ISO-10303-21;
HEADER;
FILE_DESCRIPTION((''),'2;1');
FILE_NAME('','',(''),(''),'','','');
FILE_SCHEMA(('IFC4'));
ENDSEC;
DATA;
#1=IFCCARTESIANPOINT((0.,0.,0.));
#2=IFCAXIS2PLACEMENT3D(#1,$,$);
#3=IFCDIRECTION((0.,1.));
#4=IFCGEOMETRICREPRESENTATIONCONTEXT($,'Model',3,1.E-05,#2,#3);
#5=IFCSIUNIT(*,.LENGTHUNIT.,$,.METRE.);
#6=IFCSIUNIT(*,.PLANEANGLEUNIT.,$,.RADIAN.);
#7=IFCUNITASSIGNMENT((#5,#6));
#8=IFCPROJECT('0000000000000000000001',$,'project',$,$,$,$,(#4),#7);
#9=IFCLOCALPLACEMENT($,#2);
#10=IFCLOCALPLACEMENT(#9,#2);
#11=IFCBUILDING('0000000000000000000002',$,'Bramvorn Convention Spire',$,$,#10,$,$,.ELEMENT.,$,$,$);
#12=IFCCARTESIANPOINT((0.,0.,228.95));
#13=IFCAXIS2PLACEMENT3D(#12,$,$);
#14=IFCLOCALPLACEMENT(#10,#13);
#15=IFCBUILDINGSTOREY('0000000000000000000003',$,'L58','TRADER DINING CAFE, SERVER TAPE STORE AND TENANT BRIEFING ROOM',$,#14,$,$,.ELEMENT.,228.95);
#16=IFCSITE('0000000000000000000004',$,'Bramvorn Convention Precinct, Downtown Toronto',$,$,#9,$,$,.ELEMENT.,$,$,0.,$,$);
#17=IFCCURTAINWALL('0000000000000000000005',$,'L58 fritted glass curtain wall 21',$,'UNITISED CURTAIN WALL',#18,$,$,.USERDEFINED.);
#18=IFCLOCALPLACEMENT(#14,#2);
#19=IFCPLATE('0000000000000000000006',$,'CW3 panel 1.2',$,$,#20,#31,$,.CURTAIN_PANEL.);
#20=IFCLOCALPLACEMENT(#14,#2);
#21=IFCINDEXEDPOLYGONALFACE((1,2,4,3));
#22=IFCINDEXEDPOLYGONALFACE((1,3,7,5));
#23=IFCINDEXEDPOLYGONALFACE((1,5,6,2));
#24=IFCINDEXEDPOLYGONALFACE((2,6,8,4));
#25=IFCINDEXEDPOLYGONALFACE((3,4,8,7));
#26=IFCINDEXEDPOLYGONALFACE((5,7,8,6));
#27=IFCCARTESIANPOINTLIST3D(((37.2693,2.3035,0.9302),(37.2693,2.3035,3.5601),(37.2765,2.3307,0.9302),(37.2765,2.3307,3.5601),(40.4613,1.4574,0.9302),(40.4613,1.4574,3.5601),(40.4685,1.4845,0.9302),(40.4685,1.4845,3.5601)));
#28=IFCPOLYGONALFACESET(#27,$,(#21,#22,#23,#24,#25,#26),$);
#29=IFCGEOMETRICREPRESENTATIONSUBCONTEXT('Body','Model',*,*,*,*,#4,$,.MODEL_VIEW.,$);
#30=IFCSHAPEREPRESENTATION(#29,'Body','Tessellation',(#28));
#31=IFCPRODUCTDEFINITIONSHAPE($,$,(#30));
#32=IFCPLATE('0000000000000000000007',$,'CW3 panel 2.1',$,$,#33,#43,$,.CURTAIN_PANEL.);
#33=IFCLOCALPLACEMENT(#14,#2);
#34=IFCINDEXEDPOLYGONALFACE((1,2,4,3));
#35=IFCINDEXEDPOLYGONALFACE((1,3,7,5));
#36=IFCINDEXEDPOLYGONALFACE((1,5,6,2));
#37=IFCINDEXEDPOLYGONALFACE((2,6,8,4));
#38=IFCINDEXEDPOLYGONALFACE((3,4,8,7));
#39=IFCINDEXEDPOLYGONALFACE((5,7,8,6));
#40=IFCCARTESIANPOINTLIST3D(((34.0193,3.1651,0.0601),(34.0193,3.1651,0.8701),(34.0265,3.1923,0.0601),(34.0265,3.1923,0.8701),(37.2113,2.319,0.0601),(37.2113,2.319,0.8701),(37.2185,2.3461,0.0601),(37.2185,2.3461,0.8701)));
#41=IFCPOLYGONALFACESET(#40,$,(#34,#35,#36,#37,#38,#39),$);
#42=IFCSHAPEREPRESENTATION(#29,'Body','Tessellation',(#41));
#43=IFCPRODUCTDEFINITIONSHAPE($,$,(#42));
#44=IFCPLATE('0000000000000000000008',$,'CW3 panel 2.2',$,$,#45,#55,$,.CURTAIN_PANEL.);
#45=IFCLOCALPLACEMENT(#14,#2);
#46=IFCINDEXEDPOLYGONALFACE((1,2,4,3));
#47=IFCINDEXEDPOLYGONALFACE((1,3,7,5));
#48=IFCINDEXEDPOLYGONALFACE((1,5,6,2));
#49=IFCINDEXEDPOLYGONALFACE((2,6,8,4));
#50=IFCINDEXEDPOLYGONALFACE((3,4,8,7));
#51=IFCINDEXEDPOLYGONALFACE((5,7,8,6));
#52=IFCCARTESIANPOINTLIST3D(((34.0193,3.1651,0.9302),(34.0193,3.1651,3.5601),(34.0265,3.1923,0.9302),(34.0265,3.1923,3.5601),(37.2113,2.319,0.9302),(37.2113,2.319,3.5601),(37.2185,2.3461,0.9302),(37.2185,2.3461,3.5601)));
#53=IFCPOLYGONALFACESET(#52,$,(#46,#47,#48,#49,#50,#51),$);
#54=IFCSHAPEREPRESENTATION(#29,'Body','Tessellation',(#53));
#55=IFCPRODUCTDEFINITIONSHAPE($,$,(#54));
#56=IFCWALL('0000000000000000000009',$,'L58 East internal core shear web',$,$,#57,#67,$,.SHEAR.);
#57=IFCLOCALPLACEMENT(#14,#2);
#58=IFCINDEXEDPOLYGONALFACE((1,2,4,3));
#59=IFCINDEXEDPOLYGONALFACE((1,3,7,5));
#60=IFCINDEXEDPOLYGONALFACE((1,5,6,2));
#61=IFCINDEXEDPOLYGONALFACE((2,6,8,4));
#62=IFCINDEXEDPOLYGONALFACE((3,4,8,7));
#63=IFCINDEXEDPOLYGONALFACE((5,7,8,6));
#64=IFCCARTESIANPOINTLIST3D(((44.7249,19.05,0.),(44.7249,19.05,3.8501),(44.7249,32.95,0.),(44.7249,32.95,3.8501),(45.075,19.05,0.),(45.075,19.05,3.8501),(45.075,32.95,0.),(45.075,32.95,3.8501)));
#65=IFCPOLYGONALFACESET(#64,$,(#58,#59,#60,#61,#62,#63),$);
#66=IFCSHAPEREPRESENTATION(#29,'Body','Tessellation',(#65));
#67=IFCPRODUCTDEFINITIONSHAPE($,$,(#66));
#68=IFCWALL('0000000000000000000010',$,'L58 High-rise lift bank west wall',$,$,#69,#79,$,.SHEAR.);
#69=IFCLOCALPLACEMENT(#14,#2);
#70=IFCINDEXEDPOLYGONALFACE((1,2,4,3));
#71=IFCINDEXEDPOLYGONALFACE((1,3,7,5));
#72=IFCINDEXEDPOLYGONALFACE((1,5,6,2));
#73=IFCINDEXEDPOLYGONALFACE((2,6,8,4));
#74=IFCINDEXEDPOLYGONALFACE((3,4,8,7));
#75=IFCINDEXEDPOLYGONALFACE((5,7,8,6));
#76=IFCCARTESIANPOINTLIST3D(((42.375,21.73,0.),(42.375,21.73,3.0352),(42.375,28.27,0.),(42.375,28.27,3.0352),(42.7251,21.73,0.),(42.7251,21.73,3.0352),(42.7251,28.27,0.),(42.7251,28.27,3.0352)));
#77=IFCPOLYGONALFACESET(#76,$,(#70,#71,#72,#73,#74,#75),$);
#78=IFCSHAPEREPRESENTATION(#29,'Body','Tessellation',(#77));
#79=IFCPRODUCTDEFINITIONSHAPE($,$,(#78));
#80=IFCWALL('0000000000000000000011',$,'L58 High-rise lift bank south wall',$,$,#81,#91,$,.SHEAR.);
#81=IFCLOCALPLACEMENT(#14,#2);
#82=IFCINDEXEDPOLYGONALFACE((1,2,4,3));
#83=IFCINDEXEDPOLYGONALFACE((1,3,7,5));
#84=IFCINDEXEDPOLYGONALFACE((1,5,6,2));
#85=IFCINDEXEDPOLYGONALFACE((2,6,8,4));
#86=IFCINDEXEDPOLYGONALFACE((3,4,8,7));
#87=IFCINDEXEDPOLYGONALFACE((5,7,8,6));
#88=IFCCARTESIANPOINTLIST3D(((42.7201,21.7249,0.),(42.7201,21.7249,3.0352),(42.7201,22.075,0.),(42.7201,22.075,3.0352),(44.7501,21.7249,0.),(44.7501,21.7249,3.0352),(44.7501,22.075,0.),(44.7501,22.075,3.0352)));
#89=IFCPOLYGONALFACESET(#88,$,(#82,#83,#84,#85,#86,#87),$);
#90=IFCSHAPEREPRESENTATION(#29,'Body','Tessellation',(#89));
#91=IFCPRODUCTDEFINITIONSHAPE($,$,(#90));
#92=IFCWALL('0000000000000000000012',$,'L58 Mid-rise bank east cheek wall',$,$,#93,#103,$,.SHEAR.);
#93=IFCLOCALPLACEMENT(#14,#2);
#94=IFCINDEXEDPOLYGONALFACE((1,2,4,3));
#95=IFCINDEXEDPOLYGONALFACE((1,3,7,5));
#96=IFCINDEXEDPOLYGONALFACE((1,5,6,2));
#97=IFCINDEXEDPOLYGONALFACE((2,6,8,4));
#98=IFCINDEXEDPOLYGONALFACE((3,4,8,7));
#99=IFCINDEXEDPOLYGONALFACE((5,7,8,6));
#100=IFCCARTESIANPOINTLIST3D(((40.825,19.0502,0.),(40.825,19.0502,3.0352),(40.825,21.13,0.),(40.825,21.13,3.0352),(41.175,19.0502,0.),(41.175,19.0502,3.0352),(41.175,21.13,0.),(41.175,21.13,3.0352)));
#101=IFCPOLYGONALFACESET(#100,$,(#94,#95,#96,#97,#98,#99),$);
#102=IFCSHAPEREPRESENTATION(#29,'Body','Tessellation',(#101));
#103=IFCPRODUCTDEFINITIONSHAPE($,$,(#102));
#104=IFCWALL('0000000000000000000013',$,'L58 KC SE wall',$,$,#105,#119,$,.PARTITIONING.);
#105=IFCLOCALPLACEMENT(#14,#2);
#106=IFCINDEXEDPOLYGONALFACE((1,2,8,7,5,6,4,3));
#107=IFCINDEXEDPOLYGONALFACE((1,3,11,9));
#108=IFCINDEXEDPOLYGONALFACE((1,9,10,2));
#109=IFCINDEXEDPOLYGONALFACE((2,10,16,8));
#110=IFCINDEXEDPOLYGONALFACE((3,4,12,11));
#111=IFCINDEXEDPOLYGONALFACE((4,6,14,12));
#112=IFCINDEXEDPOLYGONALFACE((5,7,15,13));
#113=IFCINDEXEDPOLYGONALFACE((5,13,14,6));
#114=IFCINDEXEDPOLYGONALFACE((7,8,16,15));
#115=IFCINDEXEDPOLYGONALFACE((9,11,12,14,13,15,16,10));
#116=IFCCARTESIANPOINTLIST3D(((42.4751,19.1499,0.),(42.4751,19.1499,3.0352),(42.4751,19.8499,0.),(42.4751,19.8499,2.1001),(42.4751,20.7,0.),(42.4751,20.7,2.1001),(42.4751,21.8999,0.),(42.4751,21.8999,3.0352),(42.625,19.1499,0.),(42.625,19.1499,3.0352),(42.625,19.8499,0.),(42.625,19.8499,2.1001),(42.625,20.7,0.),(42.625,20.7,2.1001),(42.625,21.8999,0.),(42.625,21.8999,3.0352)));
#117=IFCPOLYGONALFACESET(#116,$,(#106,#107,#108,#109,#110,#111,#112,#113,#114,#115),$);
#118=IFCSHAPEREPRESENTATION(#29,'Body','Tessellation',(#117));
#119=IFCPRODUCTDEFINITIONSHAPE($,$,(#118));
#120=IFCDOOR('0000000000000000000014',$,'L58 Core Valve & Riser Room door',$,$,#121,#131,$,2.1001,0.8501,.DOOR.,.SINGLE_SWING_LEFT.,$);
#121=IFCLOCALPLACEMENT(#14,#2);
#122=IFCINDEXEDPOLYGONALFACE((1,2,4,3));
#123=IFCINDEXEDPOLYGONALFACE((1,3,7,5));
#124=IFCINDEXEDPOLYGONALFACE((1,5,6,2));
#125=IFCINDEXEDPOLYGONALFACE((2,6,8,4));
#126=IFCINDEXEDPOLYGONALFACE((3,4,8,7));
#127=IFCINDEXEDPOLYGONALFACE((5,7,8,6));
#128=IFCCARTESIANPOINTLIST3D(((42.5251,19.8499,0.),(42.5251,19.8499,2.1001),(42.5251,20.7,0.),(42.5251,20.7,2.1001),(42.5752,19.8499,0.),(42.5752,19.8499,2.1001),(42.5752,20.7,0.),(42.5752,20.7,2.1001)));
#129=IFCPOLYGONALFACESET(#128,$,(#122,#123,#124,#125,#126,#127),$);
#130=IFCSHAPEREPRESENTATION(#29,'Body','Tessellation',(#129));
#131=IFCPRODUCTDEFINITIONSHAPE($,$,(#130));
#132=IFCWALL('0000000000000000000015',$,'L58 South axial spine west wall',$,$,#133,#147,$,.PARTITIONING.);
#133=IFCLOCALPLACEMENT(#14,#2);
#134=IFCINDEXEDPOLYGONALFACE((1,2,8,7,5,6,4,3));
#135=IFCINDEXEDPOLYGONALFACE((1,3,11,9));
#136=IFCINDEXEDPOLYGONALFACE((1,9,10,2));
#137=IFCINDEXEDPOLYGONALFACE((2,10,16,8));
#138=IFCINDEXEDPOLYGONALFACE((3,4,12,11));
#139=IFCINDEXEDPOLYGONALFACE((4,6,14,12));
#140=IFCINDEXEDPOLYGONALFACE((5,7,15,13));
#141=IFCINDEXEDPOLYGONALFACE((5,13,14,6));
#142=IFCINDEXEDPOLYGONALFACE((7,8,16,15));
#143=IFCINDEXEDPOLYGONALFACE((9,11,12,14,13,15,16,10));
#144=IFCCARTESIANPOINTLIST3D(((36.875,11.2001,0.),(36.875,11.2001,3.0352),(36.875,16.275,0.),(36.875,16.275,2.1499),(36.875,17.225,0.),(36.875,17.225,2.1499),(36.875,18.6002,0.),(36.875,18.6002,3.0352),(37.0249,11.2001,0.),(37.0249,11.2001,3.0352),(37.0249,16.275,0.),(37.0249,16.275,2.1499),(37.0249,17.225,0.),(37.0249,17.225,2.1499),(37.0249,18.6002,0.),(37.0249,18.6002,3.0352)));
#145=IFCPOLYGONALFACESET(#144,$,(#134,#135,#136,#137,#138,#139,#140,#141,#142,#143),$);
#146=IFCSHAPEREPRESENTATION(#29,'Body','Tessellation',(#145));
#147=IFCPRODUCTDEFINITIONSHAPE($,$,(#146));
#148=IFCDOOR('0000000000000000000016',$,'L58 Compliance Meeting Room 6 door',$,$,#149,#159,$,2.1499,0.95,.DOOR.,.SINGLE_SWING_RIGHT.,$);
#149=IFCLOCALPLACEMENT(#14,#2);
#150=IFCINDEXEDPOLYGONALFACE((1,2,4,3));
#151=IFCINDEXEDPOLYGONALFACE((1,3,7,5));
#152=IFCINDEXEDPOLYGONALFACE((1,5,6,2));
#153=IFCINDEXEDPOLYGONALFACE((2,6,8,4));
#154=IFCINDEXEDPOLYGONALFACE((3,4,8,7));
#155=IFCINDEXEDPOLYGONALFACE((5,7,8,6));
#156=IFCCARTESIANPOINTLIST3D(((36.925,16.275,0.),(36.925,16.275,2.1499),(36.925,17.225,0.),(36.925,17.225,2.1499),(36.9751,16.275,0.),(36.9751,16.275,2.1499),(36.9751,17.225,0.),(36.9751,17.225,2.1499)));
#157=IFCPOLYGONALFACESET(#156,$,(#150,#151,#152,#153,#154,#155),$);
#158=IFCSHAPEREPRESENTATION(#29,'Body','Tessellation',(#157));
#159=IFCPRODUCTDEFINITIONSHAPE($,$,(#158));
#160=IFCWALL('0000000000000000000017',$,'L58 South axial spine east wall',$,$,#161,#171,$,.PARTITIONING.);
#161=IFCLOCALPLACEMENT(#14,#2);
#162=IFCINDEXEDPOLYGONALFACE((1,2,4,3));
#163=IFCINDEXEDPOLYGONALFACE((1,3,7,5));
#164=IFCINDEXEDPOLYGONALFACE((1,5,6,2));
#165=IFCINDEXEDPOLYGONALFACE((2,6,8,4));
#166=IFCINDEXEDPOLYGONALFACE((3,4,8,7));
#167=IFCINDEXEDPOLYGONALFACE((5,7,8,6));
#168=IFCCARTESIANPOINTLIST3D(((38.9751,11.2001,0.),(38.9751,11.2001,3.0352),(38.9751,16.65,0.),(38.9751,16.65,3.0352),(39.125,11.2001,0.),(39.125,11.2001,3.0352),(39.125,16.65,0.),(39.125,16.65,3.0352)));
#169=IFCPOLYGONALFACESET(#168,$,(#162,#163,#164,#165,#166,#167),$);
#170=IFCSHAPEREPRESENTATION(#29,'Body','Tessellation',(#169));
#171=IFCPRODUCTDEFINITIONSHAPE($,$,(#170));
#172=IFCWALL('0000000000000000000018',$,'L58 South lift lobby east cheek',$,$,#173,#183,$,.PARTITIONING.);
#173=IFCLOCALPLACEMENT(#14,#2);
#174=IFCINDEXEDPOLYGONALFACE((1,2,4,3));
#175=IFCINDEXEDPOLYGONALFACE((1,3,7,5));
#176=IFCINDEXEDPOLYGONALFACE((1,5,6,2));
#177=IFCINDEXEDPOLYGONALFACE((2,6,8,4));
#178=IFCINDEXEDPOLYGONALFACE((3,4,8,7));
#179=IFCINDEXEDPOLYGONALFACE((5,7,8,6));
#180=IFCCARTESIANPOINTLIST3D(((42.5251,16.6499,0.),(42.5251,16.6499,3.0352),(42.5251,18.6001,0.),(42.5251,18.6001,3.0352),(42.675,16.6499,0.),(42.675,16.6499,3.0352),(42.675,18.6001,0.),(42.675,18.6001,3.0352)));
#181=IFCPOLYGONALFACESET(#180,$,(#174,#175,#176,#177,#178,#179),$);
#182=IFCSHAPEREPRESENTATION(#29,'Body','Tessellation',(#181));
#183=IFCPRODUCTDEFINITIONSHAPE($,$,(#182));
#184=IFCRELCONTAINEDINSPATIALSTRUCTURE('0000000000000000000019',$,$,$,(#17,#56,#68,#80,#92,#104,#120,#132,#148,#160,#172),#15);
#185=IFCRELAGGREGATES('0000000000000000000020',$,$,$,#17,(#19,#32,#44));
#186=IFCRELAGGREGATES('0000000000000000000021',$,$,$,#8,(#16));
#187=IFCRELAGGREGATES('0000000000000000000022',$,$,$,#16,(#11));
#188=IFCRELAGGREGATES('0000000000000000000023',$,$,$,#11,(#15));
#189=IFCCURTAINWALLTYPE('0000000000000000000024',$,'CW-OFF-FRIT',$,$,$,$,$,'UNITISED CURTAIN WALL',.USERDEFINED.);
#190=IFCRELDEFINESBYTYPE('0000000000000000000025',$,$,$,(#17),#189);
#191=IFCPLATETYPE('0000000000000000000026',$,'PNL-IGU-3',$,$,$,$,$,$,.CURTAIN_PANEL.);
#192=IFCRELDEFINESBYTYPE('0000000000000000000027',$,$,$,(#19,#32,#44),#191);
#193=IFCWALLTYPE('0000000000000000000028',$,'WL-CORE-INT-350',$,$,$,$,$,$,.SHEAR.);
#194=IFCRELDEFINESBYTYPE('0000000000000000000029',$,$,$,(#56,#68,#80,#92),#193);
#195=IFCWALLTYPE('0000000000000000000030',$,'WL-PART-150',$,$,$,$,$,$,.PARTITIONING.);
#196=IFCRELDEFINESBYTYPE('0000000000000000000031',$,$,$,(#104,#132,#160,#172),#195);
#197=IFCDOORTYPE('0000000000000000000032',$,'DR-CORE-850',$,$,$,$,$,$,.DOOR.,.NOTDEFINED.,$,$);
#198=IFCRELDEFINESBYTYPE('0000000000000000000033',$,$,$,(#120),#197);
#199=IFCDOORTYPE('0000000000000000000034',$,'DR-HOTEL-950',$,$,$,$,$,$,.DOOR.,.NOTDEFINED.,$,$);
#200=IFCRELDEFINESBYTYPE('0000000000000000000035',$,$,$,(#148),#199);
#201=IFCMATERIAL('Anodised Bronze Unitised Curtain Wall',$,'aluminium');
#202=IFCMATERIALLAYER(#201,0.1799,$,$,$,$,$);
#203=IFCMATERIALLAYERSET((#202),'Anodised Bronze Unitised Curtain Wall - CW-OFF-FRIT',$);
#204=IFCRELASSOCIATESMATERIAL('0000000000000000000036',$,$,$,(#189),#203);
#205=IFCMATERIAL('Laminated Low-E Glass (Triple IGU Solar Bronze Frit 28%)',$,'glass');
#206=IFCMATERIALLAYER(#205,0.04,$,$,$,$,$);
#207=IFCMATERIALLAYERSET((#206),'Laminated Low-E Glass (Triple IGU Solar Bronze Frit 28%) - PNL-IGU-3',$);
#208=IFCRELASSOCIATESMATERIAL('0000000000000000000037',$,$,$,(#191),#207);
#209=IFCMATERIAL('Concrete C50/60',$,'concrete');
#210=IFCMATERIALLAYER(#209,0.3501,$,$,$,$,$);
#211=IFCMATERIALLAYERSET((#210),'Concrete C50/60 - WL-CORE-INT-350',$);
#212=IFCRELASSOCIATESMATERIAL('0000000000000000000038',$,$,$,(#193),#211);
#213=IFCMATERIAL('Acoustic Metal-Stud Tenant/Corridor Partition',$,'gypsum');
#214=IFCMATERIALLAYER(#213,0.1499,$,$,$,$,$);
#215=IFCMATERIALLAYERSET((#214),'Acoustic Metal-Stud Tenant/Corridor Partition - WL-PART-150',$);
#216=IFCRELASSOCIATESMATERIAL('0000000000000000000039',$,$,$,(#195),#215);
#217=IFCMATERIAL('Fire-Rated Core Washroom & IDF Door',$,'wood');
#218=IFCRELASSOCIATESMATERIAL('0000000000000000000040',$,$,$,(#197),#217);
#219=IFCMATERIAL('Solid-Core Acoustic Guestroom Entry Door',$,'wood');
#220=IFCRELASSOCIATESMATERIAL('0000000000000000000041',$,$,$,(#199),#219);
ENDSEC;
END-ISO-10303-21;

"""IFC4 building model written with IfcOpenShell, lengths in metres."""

from ifc_helpers import new_model, si_unit, direction, frame, frame_2d, origin, origin_2d, place, context, subcontext, project, spatial, rectangle, extrude, material, layer, layer_set, type_object, element, fill, aggregate, save


model = new_model("IFC4")

# Units and contexts
model_context = context("Model", 3, precision=1e-05, world=origin(), true_north=direction((0.0, 1.0)))
body_context = subcontext(model_context, "Body", "Model", "MODEL_VIEW")
ifc_project = project(units=[si_unit("LENGTHUNIT", "METRE"), si_unit("PLANEANGLEUNIT", "RADIAN")], contexts=[model_context])

# Site, building, storey
site_placement = place(None, origin())
site = spatial("IfcSite", under=ifc_project, at=site_placement, Name="Bramvorn Convention Precinct, Downtown Toronto", CompositionType="ELEMENT", RefElevation=0.0)
building_placement = place(site_placement, origin())
building = spatial("IfcBuilding", under=site, at=building_placement, Name="Bramvorn Convention Spire", CompositionType="ELEMENT")
storey_placement = place(building_placement, frame((0.0, 0.0, 228.95)))
storey = spatial("IfcBuildingStorey", under=building, at=storey_placement, Name="L58", Description="TRADER DINING CAFE, SERVER TAPE STORE AND TENANT BRIEFING ROOM", CompositionType="ELEMENT", Elevation=228.95)

# Curtain wall, plates
ifc_material_1 = material(Name="Anodised Bronze Unitised Curtain Wall", Category="aluminium")
ifc_layer_1 = layer(ifc_material_1, 0.1799)
ifc_layer_set_1 = layer_set([ifc_layer_1], Name="Anodised Bronze Unitised Curtain Wall - CW-OFF-FRIT")
curtain_wall_type = type_object("IfcCurtainWallType", Name="CW-OFF-FRIT", ElementType="UNITISED CURTAIN WALL", PredefinedType="USERDEFINED", material=ifc_layer_set_1)
curtain_wall_placement = place(storey_placement, origin())
curtain_wall = element("IfcCurtainWall", 1, at=curtain_wall_placement, inside=storey, type_object=curtain_wall_type, Name="L58 fritted glass curtain wall 21", ObjectType="UNITISED CURTAIN WALL", PredefinedType="USERDEFINED")
ifc_material_2 = material(Name="Laminated Low-E Glass (Triple IGU Solar Bronze Frit 28%)", Category="glass")
ifc_layer_2 = layer(ifc_material_2, 0.04)
ifc_layer_set_2 = layer_set([ifc_layer_2], Name="Laminated Low-E Glass (Triple IGU Solar Bronze Frit 28%) - PNL-IGU-3")
plate_type = type_object("IfcPlateType", Name="PNL-IGU-3", PredefinedType="CURTAIN_PANEL", material=ifc_layer_set_2)
plate_1_placement = place(storey_placement, frame((38.8689, 1.894, 0.9302), z_axis=(0.0, 0.0, 1.0), x_axis=(-0.966616, 0.256231, 0.0)))
plate_1 = element("IfcPlate", 2, at=plate_1_placement, type_object=plate_type, Name="CW3 panel 1.2", PredefinedType="CURTAIN_PANEL", context=body_context, shape_type="SweptSolid", body=[
    extrude(rectangle(XDim=3.3022, YDim=0.0281, at=origin_2d()), origin(), (0.0, 0.0, 1.0), 2.6299),
])
plate_2_placement = place(storey_placement, frame((35.6189, 2.7556, 0.0601), z_axis=(0.0, 0.0, 1.0), x_axis=(-0.966616, 0.256231, 0.0)))
plate_2 = element("IfcPlate", 3, at=plate_2_placement, type_object=plate_type, Name="CW3 panel 2.1", PredefinedType="CURTAIN_PANEL", context=body_context, shape_type="SweptSolid", body=[
    extrude(rectangle(XDim=3.3022, YDim=0.0281, at=origin_2d()), origin(), (0.0, 0.0, 1.0), 0.8101),
])
plate_3_placement = place(storey_placement, frame((35.6189, 2.7556, 0.9302), z_axis=(0.0, 0.0, 1.0), x_axis=(-0.966616, 0.256231, 0.0)))
plate_3 = element("IfcPlate", 4, at=plate_3_placement, type_object=plate_type, Name="CW3 panel 2.2", PredefinedType="CURTAIN_PANEL", context=body_context, shape_type="SweptSolid", body=[
    extrude(rectangle(XDim=3.3022, YDim=0.0281, at=origin_2d()), origin(), (0.0, 0.0, 1.0), 2.6299),
])
aggregate(curtain_wall, [plate_1, plate_2, plate_3])

# Walls
ifc_material_3 = material(Name="Concrete C50/60", Category="concrete")
ifc_layer_3 = layer(ifc_material_3, 0.3501)
ifc_layer_set_3 = layer_set([ifc_layer_3], Name="Concrete C50/60 - WL-CORE-INT-350")
wall_type_1 = type_object("IfcWallType", Name="WL-CORE-INT-350", PredefinedType="SHEAR", material=ifc_layer_set_3)
wall_1_placement = place(storey_placement, frame((44.8999, 19.05, 0.0), z_axis=(0.0, 0.0, 1.0), x_axis=(0.0, 1.0, 0.0)))
element("IfcWall", 5, at=wall_1_placement, inside=storey, type_object=wall_type_1, Name="L58 East internal core shear web", PredefinedType="SHEAR", context=body_context, shape_type="SweptSolid", body=[
    extrude(rectangle(XDim=13.8999, YDim=0.3501, at=frame_2d((6.95, 0.0))), origin(), (0.0, 0.0, 1.0), 3.8501),
])
wall_2_placement = place(storey_placement, frame((42.55, 21.73, 0.0), z_axis=(0.0, 0.0, 1.0), x_axis=(0.0, 1.0, 0.0)))
element("IfcWall", 6, at=wall_2_placement, inside=storey, type_object=wall_type_1, Name="L58 High-rise lift bank west wall", PredefinedType="SHEAR", context=body_context, shape_type="SweptSolid", body=[
    extrude(rectangle(XDim=6.54, YDim=0.3501, at=frame_2d((3.27, 0.0))), origin(), (0.0, 0.0, 1.0), 3.0352),
])
wall_3_placement = place(storey_placement, frame((42.72, 21.8999, 0.0), z_axis=(0.0, 0.0, 1.0), x_axis=(1.0, 0.0, 0.0)))
element("IfcWall", 7, at=wall_3_placement, inside=storey, type_object=wall_type_1, Name="L58 High-rise lift bank south wall", PredefinedType="SHEAR", context=body_context, shape_type="SweptSolid", body=[
    extrude(rectangle(XDim=2.03, YDim=0.3501, at=frame_2d((1.0151, 0.0))), origin(), (0.0, 0.0, 1.0), 3.0352),
])
wall_4_placement = place(storey_placement, frame((41.0, 19.05, 0.0), z_axis=(0.0, 0.0, 1.0), x_axis=(0.0, 1.0, 0.0)))
element("IfcWall", 8, at=wall_4_placement, inside=storey, type_object=wall_type_1, Name="L58 Mid-rise bank east cheek wall", PredefinedType="SHEAR", context=body_context, shape_type="SweptSolid", body=[
    extrude(rectangle(XDim=2.0798, YDim=0.3501, at=frame_2d((1.04, 0.0))), origin(), (0.0, 0.0, 1.0), 3.0352),
])

# Walls, openings, doors
ifc_material_4 = material(Name="Acoustic Metal-Stud Tenant/Corridor Partition", Category="gypsum")
ifc_layer_4 = layer(ifc_material_4, 0.1499)
ifc_layer_set_4 = layer_set([ifc_layer_4], Name="Acoustic Metal-Stud Tenant/Corridor Partition - WL-PART-150")
wall_type_2 = type_object("IfcWallType", Name="WL-PART-150", PredefinedType="PARTITIONING", material=ifc_layer_set_4)
wall_5_placement = place(storey_placement, frame((42.55, 19.1499, 0.0), z_axis=(0.0, 0.0, 1.0), x_axis=(0.0, 1.0, 0.0)))
wall_5 = element("IfcWall", 9, at=wall_5_placement, inside=storey, type_object=wall_type_2, Name="L58 KC SE wall", PredefinedType="PARTITIONING", context=body_context, shape_type="SweptSolid", body=[
    extrude(rectangle(XDim=2.75, YDim=0.1499, at=frame_2d((1.375, 0.0))), origin(), (0.0, 0.0, 1.0), 3.0352),
])
opening_1_placement = place(wall_5_placement, frame((0.7, 0.0, 0.0)))
opening_1 = element("IfcOpeningElement", 10, at=opening_1_placement, cuts=wall_5, PredefinedType="OPENING", context=body_context, shape_type="SweptSolid", body=[
    extrude(rectangle(XDim=0.8501, YDim=2.1001, at=frame_2d((0.425, 1.05))), frame((0.0, 0.085, 0.0), z_axis=(0.0, -1.0, 0.0), x_axis=(1.0, 0.0, 0.0)), (0.0, 0.0, 1.0), 0.1699),
])
ifc_material_5 = material(Name="Fire-Rated Core Washroom & IDF Door", Category="wood")
door_type_1 = type_object("IfcDoorType", Name="DR-CORE-850", OperationType="NOTDEFINED", PredefinedType="DOOR", material=ifc_material_5)
door_1_placement = place(opening_1_placement, origin())
door_1 = element("IfcDoor", 11, at=door_1_placement, inside=storey, type_object=door_type_1, Name="L58 Core Valve & Riser Room door", OperationType="SINGLE_SWING_LEFT", OverallHeight=2.1001, OverallWidth=0.8501, PredefinedType="DOOR", context=body_context, shape_type="SweptSolid", body=[
    extrude(rectangle(XDim=0.8501, YDim=2.1001, at=frame_2d((0.425, 1.05))), frame((0.0, 0.0249, 0.0), z_axis=(0.0, -1.0, 0.0), x_axis=(1.0, 0.0, 0.0)), (0.0, 0.0, 1.0), 0.05),
])
fill(opening_1, door_1)
wall_6_placement = place(storey_placement, frame((36.95, 11.2, 0.0), z_axis=(0.0, 0.0, 1.0), x_axis=(0.0, 1.0, 0.0)))
wall_6 = element("IfcWall", 12, at=wall_6_placement, inside=storey, type_object=wall_type_2, Name="L58 South axial spine west wall", PredefinedType="PARTITIONING", context=body_context, shape_type="SweptSolid", body=[
    extrude(rectangle(XDim=7.4001, YDim=0.1499, at=frame_2d((3.7002, 0.0))), origin(), (0.0, 0.0, 1.0), 3.0352),
])
opening_2_placement = place(wall_6_placement, frame((5.075, 0.0, 0.0)))
opening_2 = element("IfcOpeningElement", 13, at=opening_2_placement, cuts=wall_6, PredefinedType="OPENING", context=body_context, shape_type="SweptSolid", body=[
    extrude(rectangle(XDim=0.95, YDim=2.1499, at=frame_2d((0.4751, 1.075))), frame((0.0, 0.085, 0.0), z_axis=(0.0, -1.0, 0.0), x_axis=(1.0, 0.0, 0.0)), (0.0, 0.0, 1.0), 0.1699),
])
ifc_material_6 = material(Name="Solid-Core Acoustic Guestroom Entry Door", Category="wood")
door_type_2 = type_object("IfcDoorType", Name="DR-HOTEL-950", OperationType="NOTDEFINED", PredefinedType="DOOR", material=ifc_material_6)
door_2_placement = place(opening_2_placement, origin())
door_2 = element("IfcDoor", 14, at=door_2_placement, inside=storey, type_object=door_type_2, Name="L58 Compliance Meeting Room 6 door", OperationType="SINGLE_SWING_RIGHT", OverallHeight=2.1499, OverallWidth=0.95, PredefinedType="DOOR", context=body_context, shape_type="SweptSolid", body=[
    extrude(rectangle(XDim=0.95, YDim=2.1499, at=frame_2d((0.4751, 1.075))), frame((0.0, 0.0249, 0.0), z_axis=(0.0, -1.0, 0.0), x_axis=(1.0, 0.0, 0.0)), (0.0, 0.0, 1.0), 0.05),
])
fill(opening_2, door_2)

# Wall
wall_7_placement = place(storey_placement, frame((39.05, 11.2, 0.0), z_axis=(0.0, 0.0, 1.0), x_axis=(0.0, 1.0, 0.0)))
element("IfcWall", 15, at=wall_7_placement, inside=storey, type_object=wall_type_2, Name="L58 South axial spine east wall", PredefinedType="PARTITIONING", context=body_context, shape_type="SweptSolid", body=[
    extrude(rectangle(XDim=5.45, YDim=0.1499, at=frame_2d((2.7251, 0.0))), origin(), (0.0, 0.0, 1.0), 3.0352),
])

# Wall
wall_8_placement = place(storey_placement, frame((42.6001, 16.6499, 0.0), z_axis=(0.0, 0.0, 1.0), x_axis=(0.0, 1.0, 0.0)))
element("IfcWall", 16, at=wall_8_placement, inside=storey, type_object=wall_type_2, Name="L58 South lift lobby east cheek", PredefinedType="PARTITIONING", context=body_context, shape_type="SweptSolid", body=[
    extrude(rectangle(XDim=1.9502, YDim=0.1499, at=frame_2d((0.9751, 0.0))), origin(), (0.0, 0.0, 1.0), 3.0352),
])

save(model, "model.ifc")
